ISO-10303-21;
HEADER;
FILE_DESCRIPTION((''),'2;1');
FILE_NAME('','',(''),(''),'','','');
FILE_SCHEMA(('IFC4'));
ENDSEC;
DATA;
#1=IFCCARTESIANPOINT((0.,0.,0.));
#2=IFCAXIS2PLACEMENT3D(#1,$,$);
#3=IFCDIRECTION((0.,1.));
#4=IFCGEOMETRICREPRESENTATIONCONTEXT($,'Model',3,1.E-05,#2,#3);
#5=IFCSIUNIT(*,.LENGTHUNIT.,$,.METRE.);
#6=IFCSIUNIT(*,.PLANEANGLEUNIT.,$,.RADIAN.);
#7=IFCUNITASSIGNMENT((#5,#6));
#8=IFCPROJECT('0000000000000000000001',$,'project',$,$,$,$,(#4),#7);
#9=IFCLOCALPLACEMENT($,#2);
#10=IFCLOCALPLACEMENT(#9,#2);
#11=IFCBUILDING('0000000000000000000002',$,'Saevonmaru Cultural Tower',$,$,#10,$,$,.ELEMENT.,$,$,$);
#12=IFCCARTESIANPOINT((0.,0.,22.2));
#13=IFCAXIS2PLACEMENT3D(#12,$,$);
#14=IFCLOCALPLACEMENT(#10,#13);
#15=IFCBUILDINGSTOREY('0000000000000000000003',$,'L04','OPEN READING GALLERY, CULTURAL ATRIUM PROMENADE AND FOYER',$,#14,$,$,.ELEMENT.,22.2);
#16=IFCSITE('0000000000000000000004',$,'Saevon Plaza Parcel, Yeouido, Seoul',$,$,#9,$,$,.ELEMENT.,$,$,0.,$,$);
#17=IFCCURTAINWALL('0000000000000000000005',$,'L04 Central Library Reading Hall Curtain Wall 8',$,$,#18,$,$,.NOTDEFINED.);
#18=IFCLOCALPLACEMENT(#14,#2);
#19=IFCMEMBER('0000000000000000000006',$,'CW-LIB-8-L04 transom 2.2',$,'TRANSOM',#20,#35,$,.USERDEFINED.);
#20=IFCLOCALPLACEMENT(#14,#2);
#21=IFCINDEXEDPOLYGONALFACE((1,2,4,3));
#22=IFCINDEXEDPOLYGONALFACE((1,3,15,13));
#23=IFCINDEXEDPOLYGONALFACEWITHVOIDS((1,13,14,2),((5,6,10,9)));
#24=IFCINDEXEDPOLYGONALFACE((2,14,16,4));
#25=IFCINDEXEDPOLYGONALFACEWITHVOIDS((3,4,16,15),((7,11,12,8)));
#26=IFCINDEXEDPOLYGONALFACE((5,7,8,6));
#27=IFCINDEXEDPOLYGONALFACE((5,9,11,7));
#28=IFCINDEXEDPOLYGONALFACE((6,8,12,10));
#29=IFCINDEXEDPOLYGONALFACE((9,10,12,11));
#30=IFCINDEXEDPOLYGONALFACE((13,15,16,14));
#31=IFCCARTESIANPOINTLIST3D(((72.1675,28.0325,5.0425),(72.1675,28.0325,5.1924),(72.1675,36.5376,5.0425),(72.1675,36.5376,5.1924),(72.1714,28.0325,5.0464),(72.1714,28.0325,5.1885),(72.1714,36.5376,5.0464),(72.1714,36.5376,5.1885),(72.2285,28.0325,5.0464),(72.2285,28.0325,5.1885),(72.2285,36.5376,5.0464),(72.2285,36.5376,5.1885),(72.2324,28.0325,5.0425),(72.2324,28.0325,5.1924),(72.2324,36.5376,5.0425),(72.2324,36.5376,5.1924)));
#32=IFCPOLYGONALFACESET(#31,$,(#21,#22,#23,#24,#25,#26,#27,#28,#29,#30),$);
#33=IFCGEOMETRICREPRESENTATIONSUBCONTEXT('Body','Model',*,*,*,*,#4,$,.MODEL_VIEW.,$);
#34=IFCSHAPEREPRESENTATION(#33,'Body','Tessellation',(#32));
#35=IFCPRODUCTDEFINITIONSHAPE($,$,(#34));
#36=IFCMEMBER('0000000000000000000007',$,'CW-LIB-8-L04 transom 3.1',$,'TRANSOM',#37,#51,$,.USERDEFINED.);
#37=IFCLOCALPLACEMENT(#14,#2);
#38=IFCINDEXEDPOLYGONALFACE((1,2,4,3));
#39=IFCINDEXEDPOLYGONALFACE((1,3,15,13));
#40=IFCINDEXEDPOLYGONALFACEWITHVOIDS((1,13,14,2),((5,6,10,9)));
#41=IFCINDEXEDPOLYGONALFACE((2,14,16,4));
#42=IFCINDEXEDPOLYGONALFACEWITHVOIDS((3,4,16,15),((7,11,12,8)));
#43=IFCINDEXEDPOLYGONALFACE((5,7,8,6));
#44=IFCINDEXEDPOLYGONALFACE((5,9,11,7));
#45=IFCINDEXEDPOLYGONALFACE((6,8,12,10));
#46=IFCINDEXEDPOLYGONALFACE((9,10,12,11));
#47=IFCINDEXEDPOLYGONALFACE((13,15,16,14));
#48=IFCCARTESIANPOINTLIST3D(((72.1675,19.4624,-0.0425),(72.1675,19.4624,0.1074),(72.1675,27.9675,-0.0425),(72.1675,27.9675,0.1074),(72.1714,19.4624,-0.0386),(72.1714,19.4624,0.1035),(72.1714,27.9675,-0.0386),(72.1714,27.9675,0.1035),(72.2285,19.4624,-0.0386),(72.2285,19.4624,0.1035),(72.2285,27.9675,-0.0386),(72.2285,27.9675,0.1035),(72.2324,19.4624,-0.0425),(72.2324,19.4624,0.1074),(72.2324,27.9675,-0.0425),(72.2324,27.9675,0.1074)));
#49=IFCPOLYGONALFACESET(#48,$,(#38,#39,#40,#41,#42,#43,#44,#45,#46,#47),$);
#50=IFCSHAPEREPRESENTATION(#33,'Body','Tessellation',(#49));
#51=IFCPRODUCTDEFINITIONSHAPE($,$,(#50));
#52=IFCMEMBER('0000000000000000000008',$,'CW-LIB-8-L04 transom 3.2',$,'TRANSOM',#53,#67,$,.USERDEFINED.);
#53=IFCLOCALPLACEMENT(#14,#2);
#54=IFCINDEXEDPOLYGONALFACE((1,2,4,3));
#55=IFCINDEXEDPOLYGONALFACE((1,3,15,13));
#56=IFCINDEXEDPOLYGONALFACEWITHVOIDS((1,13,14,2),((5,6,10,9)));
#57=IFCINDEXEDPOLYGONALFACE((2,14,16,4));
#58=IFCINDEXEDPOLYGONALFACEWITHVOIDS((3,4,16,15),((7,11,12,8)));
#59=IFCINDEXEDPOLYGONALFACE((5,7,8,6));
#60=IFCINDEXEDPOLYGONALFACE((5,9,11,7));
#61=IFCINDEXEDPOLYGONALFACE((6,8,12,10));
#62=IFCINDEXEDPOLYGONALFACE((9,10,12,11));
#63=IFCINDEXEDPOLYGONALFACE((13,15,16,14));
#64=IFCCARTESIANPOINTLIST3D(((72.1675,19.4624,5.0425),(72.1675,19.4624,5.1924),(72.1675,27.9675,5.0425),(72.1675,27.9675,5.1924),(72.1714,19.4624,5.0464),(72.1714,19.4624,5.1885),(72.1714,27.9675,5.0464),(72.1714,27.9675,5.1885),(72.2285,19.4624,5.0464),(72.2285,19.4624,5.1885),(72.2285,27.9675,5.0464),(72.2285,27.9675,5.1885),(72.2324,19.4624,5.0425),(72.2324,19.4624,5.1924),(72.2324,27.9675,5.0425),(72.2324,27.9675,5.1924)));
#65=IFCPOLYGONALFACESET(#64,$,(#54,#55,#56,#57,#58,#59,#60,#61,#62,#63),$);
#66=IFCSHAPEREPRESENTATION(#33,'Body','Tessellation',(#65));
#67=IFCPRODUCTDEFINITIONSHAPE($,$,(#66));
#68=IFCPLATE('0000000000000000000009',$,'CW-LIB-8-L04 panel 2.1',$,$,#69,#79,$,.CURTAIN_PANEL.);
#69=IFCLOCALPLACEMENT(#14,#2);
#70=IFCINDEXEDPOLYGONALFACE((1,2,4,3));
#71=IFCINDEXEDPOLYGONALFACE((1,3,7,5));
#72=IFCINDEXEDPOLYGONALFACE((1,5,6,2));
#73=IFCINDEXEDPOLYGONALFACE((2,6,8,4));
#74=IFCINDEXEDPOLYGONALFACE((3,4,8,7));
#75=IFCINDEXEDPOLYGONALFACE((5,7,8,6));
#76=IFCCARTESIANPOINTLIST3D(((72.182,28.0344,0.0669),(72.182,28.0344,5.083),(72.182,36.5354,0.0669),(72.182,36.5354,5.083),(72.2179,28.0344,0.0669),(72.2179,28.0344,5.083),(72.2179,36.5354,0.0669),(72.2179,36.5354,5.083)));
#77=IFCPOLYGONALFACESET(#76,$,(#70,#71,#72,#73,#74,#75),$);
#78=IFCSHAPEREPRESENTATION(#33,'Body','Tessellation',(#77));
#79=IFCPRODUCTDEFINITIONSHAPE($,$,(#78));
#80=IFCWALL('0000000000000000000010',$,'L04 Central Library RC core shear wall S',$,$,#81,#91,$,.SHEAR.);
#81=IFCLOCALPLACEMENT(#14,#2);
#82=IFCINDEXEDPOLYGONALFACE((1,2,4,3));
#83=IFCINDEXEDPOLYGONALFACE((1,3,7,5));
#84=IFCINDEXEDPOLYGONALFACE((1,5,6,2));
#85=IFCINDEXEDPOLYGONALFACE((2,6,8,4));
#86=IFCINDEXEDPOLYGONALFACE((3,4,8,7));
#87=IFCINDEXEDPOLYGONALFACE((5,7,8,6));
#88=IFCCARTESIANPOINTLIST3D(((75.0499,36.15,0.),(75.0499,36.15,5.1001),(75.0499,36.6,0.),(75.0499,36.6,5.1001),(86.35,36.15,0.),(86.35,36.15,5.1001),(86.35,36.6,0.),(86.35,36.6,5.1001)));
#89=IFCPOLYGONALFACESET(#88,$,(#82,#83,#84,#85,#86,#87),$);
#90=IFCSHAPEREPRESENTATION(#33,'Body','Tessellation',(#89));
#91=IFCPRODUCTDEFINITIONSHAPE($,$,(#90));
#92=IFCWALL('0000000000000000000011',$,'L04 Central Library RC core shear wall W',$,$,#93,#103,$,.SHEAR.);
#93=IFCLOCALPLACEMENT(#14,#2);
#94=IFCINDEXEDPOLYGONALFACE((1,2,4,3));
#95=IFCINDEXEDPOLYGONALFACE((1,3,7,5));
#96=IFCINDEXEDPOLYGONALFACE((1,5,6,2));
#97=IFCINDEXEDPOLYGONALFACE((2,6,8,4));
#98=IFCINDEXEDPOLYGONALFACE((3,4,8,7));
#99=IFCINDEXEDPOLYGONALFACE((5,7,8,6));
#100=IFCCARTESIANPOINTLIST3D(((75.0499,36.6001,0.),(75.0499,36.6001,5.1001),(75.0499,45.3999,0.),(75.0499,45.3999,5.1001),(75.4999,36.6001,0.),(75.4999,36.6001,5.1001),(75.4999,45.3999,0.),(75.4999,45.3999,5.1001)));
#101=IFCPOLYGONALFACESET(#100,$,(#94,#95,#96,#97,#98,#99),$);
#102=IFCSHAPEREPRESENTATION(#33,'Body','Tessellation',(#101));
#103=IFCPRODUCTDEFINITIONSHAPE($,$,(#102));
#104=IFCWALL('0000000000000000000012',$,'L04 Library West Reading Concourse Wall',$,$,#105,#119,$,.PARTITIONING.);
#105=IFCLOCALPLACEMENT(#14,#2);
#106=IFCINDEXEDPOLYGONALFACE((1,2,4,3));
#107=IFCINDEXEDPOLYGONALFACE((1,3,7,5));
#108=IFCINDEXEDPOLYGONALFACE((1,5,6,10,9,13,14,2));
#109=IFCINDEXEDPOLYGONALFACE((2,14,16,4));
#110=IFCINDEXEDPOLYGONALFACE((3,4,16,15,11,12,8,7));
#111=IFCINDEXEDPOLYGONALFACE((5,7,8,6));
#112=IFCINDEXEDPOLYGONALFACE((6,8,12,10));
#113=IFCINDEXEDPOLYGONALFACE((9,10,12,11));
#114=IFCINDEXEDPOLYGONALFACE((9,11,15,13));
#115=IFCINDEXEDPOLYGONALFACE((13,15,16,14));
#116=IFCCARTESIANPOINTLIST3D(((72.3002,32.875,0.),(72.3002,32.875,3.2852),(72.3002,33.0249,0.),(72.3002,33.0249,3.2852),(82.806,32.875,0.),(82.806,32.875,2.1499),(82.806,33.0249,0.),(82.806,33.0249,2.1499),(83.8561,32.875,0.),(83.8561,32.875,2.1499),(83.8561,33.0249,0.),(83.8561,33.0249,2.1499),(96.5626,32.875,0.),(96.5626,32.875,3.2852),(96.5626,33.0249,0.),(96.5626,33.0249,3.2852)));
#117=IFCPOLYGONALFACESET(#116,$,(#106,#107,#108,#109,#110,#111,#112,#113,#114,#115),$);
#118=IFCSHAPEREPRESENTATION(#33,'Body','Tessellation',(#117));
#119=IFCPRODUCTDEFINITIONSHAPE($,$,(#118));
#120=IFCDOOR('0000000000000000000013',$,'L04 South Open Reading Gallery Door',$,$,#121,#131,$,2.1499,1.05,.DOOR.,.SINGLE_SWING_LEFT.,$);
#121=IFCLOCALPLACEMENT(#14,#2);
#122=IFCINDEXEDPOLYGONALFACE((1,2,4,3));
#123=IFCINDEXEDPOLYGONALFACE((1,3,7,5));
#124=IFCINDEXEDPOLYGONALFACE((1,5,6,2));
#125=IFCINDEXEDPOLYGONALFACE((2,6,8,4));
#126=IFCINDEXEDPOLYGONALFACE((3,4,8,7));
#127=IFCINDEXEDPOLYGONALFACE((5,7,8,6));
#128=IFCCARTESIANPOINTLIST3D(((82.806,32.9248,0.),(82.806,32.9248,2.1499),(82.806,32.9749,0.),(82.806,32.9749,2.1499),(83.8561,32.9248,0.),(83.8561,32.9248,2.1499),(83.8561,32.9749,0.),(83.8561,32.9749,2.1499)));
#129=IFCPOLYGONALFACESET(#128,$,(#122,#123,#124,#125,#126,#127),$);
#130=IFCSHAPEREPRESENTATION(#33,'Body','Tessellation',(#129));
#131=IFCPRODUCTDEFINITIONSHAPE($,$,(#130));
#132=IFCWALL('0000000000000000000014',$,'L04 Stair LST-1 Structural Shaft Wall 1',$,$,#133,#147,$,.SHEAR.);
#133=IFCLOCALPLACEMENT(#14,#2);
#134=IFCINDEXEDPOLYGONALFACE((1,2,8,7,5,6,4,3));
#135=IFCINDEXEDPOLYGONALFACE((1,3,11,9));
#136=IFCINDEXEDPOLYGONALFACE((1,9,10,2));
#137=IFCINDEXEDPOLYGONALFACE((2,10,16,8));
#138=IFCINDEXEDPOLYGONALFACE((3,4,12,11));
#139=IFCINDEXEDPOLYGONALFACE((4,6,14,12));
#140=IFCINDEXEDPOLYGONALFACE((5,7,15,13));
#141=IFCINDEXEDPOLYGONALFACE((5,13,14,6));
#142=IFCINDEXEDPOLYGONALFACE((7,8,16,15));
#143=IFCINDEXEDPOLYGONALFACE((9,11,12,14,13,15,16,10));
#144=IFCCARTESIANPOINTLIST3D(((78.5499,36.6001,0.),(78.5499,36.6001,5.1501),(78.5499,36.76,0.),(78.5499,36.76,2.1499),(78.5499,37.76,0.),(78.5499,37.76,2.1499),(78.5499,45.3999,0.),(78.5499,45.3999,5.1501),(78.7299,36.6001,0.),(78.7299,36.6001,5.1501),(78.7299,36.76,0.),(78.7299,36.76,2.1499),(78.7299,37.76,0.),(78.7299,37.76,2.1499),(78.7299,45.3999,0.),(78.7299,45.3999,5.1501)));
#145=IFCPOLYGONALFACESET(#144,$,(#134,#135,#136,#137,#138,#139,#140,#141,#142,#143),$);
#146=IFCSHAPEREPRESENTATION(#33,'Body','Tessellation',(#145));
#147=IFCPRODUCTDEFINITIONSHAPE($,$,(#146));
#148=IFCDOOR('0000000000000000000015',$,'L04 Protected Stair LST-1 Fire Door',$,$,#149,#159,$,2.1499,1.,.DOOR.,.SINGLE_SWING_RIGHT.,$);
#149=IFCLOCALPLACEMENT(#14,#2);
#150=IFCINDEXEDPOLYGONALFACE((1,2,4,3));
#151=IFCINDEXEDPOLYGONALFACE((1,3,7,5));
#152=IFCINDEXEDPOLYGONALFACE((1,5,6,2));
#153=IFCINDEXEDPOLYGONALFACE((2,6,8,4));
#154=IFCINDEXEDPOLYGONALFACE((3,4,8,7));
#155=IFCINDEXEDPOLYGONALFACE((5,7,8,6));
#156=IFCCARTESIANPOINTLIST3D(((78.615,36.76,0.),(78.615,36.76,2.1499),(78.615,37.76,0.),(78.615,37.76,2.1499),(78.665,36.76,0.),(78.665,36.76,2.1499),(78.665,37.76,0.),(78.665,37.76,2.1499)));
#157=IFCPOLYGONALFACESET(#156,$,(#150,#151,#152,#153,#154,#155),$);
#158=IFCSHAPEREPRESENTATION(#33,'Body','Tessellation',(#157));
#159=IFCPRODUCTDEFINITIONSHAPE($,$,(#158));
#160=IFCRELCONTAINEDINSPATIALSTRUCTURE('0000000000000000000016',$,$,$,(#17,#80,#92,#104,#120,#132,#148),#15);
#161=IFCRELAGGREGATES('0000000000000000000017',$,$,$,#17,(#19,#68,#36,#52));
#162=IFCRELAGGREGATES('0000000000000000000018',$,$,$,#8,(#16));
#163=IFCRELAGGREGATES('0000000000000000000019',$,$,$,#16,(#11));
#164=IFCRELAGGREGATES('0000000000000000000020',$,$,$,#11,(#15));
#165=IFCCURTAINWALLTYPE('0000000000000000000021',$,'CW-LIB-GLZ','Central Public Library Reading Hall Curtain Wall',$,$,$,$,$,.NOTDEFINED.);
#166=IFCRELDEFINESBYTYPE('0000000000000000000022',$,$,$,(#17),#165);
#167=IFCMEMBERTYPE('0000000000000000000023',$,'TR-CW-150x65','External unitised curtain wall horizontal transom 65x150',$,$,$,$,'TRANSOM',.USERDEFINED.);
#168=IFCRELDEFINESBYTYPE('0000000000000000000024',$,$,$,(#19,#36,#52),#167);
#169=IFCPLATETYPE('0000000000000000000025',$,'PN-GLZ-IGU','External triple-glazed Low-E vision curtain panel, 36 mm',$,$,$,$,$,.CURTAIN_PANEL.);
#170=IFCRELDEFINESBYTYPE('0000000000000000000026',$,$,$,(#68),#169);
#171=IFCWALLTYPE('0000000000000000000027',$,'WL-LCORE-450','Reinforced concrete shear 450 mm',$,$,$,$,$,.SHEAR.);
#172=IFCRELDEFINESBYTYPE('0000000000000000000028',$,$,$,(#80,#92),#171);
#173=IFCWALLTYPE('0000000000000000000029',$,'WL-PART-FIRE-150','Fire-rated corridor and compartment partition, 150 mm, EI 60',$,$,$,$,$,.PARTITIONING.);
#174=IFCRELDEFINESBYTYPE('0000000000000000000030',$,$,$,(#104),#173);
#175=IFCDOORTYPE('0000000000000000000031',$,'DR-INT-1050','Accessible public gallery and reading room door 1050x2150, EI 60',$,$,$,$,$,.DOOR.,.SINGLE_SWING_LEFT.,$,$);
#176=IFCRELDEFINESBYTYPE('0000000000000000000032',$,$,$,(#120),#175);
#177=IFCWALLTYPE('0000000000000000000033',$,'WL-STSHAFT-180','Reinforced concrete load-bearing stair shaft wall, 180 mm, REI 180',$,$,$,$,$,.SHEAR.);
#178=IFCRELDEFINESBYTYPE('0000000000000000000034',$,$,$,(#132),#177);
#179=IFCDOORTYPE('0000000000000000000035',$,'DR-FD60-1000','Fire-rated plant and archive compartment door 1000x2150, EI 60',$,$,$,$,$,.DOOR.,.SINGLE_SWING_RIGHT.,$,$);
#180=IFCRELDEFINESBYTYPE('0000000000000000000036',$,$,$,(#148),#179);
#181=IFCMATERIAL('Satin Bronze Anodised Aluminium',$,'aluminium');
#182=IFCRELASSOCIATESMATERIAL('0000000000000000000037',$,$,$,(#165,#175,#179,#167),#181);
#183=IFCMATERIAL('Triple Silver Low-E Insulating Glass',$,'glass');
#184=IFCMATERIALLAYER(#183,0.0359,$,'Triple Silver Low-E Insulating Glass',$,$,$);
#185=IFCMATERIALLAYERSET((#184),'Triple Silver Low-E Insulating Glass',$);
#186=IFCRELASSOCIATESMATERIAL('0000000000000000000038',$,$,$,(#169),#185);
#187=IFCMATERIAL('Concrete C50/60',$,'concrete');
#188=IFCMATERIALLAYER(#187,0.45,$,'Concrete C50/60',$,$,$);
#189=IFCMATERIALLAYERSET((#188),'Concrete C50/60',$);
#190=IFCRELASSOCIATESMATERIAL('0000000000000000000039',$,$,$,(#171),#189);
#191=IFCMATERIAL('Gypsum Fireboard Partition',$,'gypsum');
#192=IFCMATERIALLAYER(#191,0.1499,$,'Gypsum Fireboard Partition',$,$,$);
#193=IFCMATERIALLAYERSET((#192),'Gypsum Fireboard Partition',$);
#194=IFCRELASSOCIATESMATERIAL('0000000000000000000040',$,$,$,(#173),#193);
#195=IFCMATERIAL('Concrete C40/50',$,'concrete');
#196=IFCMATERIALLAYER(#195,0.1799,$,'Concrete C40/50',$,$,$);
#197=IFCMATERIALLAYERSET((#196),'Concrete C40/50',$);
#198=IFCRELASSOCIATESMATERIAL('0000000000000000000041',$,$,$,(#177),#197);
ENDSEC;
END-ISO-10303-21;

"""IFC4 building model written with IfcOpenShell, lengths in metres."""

from ifc_helpers import new_model, si_unit, direction, frame, frame_2d, origin, origin_2d, place, context, subcontext, project, spatial, rectangle, hollow_rectangle, extrude, material, layer, layer_set, material_profile, profile_set, type_object, element, fill, aggregate, save


model = new_model("IFC4")

# Units and contexts
model_context = context("Model", 3, precision=1e-05, world=origin(), true_north=direction((0.0, 1.0)))
body_context = subcontext(model_context, "Body", "Model", "MODEL_VIEW")
ifc_project = project(units=[si_unit("LENGTHUNIT", "METRE"), si_unit("PLANEANGLEUNIT", "RADIAN")], contexts=[model_context])

# Site, building, storey
site_placement = place(None, origin())
site = spatial("IfcSite", under=ifc_project, at=site_placement, Name="Saevon Plaza Parcel, Yeouido, Seoul", CompositionType="ELEMENT", RefElevation=0.0)
building_placement = place(site_placement, origin())
building = spatial("IfcBuilding", under=site, at=building_placement, Name="Saevonmaru Cultural Tower", CompositionType="ELEMENT")
storey_placement = place(building_placement, frame((0.0, 0.0, 22.2)))
storey = spatial("IfcBuildingStorey", under=building, at=storey_placement, Name="L04", Description="OPEN READING GALLERY, CULTURAL ATRIUM PROMENADE AND FOYER", CompositionType="ELEMENT", Elevation=22.2)

# Curtain wall, members, plate
ifc_material_1 = material(Name="Satin Bronze Anodised Aluminium", Category="aluminium")
curtain_wall_type = type_object("IfcCurtainWallType", Name="CW-LIB-GLZ", Description="Central Public Library Reading Hall Curtain Wall", PredefinedType="NOTDEFINED", material=ifc_material_1)
curtain_wall_placement = place(storey_placement, origin())
curtain_wall = element("IfcCurtainWall", 1, at=curtain_wall_placement, inside=storey, type_object=curtain_wall_type, Name="L04 Central Library Reading Hall Curtain Wall 8", PredefinedType="NOTDEFINED")
ifc_material_profile_1 = material_profile(ifc_material_1, hollow_rectangle(XDim=0.0649, YDim=0.1499, WallThickness=0.0039, at=origin_2d()), Name="ALU-TRAN-150x65x4")
ifc_profile_set_1 = profile_set([ifc_material_profile_1], Name="Satin Bronze Anodised Aluminium")
member_type = type_object("IfcMemberType", Name="TR-CW-150x65", Description="External unitised curtain wall horizontal transom 65x150", ElementType="TRANSOM", PredefinedType="USERDEFINED", material=ifc_profile_set_1)
member_1_placement = place(storey_placement, frame((72.2, 36.5376, 5.1174), z_axis=(0.0, -1.0, 0.0), x_axis=(1.0, 0.0, 0.0)))
member_1 = element("IfcMember", 2, at=member_1_placement, type_object=member_type, Name="CW-LIB-8-L04 transom 2.2", ObjectType="TRANSOM", PredefinedType="USERDEFINED", context=body_context, shape_type="SweptSolid", body=[
    extrude(hollow_rectangle(XDim=0.0649, YDim=0.1499, WallThickness=0.0039, at=origin_2d()), origin(), (0.0, 0.0, 1.0), 8.5051),
])
member_2_placement = place(storey_placement, frame((72.2, 27.9675, 0.0325), z_axis=(0.0, -1.0, 0.0), x_axis=(1.0, 0.0, 0.0)))
member_2 = element("IfcMember", 3, at=member_2_placement, type_object=member_type, Name="CW-LIB-8-L04 transom 3.1", ObjectType="TRANSOM", PredefinedType="USERDEFINED", context=body_context, shape_type="SweptSolid", body=[
    extrude(hollow_rectangle(XDim=0.0649, YDim=0.1499, WallThickness=0.0039, at=origin_2d()), origin(), (0.0, 0.0, 1.0), 8.5051),
])
member_3_placement = place(storey_placement, frame((72.2, 27.9675, 5.1174), z_axis=(0.0, -1.0, 0.0), x_axis=(1.0, 0.0, 0.0)))
member_3 = element("IfcMember", 4, at=member_3_placement, type_object=member_type, Name="CW-LIB-8-L04 transom 3.2", ObjectType="TRANSOM", PredefinedType="USERDEFINED", context=body_context, shape_type="SweptSolid", body=[
    extrude(hollow_rectangle(XDim=0.0649, YDim=0.1499, WallThickness=0.0039, at=origin_2d()), origin(), (0.0, 0.0, 1.0), 8.5051),
])
ifc_material_2 = material(Name="Triple Silver Low-E Insulating Glass", Category="glass")
ifc_layer_1 = layer(ifc_material_2, 0.0359, Name="Triple Silver Low-E Insulating Glass")
ifc_layer_set_1 = layer_set([ifc_layer_1], Name="Triple Silver Low-E Insulating Glass")
plate_type = type_object("IfcPlateType", Name="PN-GLZ-IGU", Description="External triple-glazed Low-E vision curtain panel, 36 mm", PredefinedType="CURTAIN_PANEL", material=ifc_layer_set_1)
plate_placement = place(storey_placement, frame((72.2, 32.2849, 0.0669), z_axis=(0.0, 0.0, 1.0), x_axis=(0.0, -1.0, 0.0)))
plate = element("IfcPlate", 5, at=plate_placement, type_object=plate_type, Name="CW-LIB-8-L04 panel 2.1", PredefinedType="CURTAIN_PANEL", context=body_context, shape_type="SweptSolid", body=[
    extrude(rectangle(XDim=8.501, YDim=0.0359, at=origin_2d()), origin(), (0.0, 0.0, 1.0), 5.0161),
])
aggregate(curtain_wall, [member_1, plate, member_2, member_3])

# Walls
ifc_material_3 = material(Name="Concrete C50/60", Category="concrete")
ifc_layer_2 = layer(ifc_material_3, 0.45, Name="Concrete C50/60")
ifc_layer_set_2 = layer_set([ifc_layer_2], Name="Concrete C50/60")
wall_type_1 = type_object("IfcWallType", Name="WL-LCORE-450", Description="Reinforced concrete shear 450 mm", PredefinedType="SHEAR", material=ifc_layer_set_2)
wall_1_placement = place(storey_placement, frame((75.05, 36.375, 0.0), z_axis=(0.0, 0.0, 1.0), x_axis=(1.0, 0.0, 0.0)))
element("IfcWall", 6, at=wall_1_placement, inside=storey, type_object=wall_type_1, Name="L04 Central Library RC core shear wall S", PredefinedType="SHEAR", context=body_context, shape_type="SweptSolid", body=[
    extrude(rectangle(XDim=11.3, YDim=0.45, at=frame_2d((5.6499, 0.0))), origin(), (0.0, 0.0, 1.0), 5.1001),
])
wall_2_placement = place(storey_placement, frame((75.2749, 36.6001, 0.0), z_axis=(0.0, 0.0, 1.0), x_axis=(0.0, 1.0, 0.0)))
element("IfcWall", 7, at=wall_2_placement, inside=storey, type_object=wall_type_1, Name="L04 Central Library RC core shear wall W", PredefinedType="SHEAR", context=body_context, shape_type="SweptSolid", body=[
    extrude(rectangle(XDim=8.7998, YDim=0.45, at=frame_2d((4.3999, 0.0))), origin(), (0.0, 0.0, 1.0), 5.1001),
])

# Walls, openings, doors
ifc_material_4 = material(Name="Gypsum Fireboard Partition", Category="gypsum")
ifc_layer_3 = layer(ifc_material_4, 0.1499, Name="Gypsum Fireboard Partition")
ifc_layer_set_3 = layer_set([ifc_layer_3], Name="Gypsum Fireboard Partition")
wall_type_2 = type_object("IfcWallType", Name="WL-PART-FIRE-150", Description="Fire-rated corridor and compartment partition, 150 mm, EI 60", PredefinedType="PARTITIONING", material=ifc_layer_set_3)
wall_3_placement = place(storey_placement, frame((72.3, 32.95, 0.0), z_axis=(0.0, 0.0, 1.0), x_axis=(1.0, 0.0, 0.0)))
wall_3 = element("IfcWall", 8, at=wall_3_placement, inside=storey, type_object=wall_type_2, Name="L04 Library West Reading Concourse Wall", PredefinedType="PARTITIONING", context=body_context, shape_type="SweptSolid", body=[
    extrude(rectangle(XDim=24.2625, YDim=0.1499, at=frame_2d((12.1313, 0.0))), origin(), (0.0, 0.0, 1.0), 3.2852),
])
opening_1_placement = place(wall_3_placement, frame((10.5061, 0.0, 0.0)))
opening_1 = element("IfcOpeningElement", 9, at=opening_1_placement, cuts=wall_3, PredefinedType="OPENING", context=body_context, shape_type="SweptSolid", body=[
    extrude(rectangle(XDim=1.05, YDim=2.1499, at=frame_2d((0.5249, 1.075))), frame((0.0, 0.085, 0.0), z_axis=(0.0, -1.0, 0.0), x_axis=(1.0, 0.0, 0.0)), (0.0, 0.0, 1.0), 0.1699),
])
door_type_1 = type_object("IfcDoorType", Name="DR-INT-1050", Description="Accessible public gallery and reading room door 1050x2150, EI 60", OperationType="SINGLE_SWING_LEFT", PredefinedType="DOOR", material=ifc_material_1)
door_1_placement = place(opening_1_placement, origin())
door_1 = element("IfcDoor", 10, at=door_1_placement, inside=storey, type_object=door_type_1, Name="L04 South Open Reading Gallery Door", OperationType="SINGLE_SWING_LEFT", OverallHeight=2.1499, OverallWidth=1.05, PredefinedType="DOOR", context=body_context, shape_type="SweptSolid", body=[
    extrude(rectangle(XDim=1.05, YDim=2.1499, at=frame_2d((0.5249, 1.075))), frame((0.0, 0.0249, 0.0), z_axis=(0.0, -1.0, 0.0), x_axis=(1.0, 0.0, 0.0)), (0.0, 0.0, 1.0), 0.05),
])
fill(opening_1, door_1)
ifc_material_5 = material(Name="Concrete C40/50", Category="concrete")
ifc_layer_4 = layer(ifc_material_5, 0.1799, Name="Concrete C40/50")
ifc_layer_set_4 = layer_set([ifc_layer_4], Name="Concrete C40/50")
wall_type_3 = type_object("IfcWallType", Name="WL-STSHAFT-180", Description="Reinforced concrete load-bearing stair shaft wall, 180 mm, REI 180", PredefinedType="SHEAR", material=ifc_layer_set_4)
wall_4_placement = place(storey_placement, frame((78.6399, 36.6001, 0.0), z_axis=(0.0, 0.0, 1.0), x_axis=(0.0, 1.0, 0.0)))
wall_4 = element("IfcWall", 11, at=wall_4_placement, inside=storey, type_object=wall_type_3, Name="L04 Stair LST-1 Structural Shaft Wall 1", PredefinedType="SHEAR", context=body_context, shape_type="SweptSolid", body=[
    extrude(rectangle(XDim=8.7998, YDim=0.1799, at=frame_2d((4.3999, 0.0))), origin(), (0.0, 0.0, 1.0), 5.1501),
])
opening_2_placement = place(wall_4_placement, frame((0.1599, 0.0, 0.0)))
opening_2 = element("IfcOpeningElement", 12, at=opening_2_placement, cuts=wall_4, PredefinedType="OPENING", context=body_context, shape_type="SweptSolid", body=[
    extrude(rectangle(XDim=1.0, YDim=2.1499, at=frame_2d((0.5, 1.075))), frame((0.0, 0.1001, 0.0), z_axis=(0.0, -1.0, 0.0), x_axis=(1.0, 0.0, 0.0)), (0.0, 0.0, 1.0), 0.2),
])
door_type_2 = type_object("IfcDoorType", Name="DR-FD60-1000", Description="Fire-rated plant and archive compartment door 1000x2150, EI 60", OperationType="SINGLE_SWING_RIGHT", PredefinedType="DOOR", material=ifc_material_1)
door_2_placement = place(opening_2_placement, origin())
door_2 = element("IfcDoor", 13, at=door_2_placement, inside=storey, type_object=door_type_2, Name="L04 Protected Stair LST-1 Fire Door", OperationType="SINGLE_SWING_RIGHT", OverallHeight=2.1499, OverallWidth=1.0, PredefinedType="DOOR", context=body_context, shape_type="SweptSolid", body=[
    extrude(rectangle(XDim=1.0, YDim=2.1499, at=frame_2d((0.5, 1.075))), frame((0.0, 0.0249, 0.0), z_axis=(0.0, -1.0, 0.0), x_axis=(1.0, 0.0, 0.0)), (0.0, 0.0, 1.0), 0.05),
])
fill(opening_2, door_2)

save(model, "model.ifc")
